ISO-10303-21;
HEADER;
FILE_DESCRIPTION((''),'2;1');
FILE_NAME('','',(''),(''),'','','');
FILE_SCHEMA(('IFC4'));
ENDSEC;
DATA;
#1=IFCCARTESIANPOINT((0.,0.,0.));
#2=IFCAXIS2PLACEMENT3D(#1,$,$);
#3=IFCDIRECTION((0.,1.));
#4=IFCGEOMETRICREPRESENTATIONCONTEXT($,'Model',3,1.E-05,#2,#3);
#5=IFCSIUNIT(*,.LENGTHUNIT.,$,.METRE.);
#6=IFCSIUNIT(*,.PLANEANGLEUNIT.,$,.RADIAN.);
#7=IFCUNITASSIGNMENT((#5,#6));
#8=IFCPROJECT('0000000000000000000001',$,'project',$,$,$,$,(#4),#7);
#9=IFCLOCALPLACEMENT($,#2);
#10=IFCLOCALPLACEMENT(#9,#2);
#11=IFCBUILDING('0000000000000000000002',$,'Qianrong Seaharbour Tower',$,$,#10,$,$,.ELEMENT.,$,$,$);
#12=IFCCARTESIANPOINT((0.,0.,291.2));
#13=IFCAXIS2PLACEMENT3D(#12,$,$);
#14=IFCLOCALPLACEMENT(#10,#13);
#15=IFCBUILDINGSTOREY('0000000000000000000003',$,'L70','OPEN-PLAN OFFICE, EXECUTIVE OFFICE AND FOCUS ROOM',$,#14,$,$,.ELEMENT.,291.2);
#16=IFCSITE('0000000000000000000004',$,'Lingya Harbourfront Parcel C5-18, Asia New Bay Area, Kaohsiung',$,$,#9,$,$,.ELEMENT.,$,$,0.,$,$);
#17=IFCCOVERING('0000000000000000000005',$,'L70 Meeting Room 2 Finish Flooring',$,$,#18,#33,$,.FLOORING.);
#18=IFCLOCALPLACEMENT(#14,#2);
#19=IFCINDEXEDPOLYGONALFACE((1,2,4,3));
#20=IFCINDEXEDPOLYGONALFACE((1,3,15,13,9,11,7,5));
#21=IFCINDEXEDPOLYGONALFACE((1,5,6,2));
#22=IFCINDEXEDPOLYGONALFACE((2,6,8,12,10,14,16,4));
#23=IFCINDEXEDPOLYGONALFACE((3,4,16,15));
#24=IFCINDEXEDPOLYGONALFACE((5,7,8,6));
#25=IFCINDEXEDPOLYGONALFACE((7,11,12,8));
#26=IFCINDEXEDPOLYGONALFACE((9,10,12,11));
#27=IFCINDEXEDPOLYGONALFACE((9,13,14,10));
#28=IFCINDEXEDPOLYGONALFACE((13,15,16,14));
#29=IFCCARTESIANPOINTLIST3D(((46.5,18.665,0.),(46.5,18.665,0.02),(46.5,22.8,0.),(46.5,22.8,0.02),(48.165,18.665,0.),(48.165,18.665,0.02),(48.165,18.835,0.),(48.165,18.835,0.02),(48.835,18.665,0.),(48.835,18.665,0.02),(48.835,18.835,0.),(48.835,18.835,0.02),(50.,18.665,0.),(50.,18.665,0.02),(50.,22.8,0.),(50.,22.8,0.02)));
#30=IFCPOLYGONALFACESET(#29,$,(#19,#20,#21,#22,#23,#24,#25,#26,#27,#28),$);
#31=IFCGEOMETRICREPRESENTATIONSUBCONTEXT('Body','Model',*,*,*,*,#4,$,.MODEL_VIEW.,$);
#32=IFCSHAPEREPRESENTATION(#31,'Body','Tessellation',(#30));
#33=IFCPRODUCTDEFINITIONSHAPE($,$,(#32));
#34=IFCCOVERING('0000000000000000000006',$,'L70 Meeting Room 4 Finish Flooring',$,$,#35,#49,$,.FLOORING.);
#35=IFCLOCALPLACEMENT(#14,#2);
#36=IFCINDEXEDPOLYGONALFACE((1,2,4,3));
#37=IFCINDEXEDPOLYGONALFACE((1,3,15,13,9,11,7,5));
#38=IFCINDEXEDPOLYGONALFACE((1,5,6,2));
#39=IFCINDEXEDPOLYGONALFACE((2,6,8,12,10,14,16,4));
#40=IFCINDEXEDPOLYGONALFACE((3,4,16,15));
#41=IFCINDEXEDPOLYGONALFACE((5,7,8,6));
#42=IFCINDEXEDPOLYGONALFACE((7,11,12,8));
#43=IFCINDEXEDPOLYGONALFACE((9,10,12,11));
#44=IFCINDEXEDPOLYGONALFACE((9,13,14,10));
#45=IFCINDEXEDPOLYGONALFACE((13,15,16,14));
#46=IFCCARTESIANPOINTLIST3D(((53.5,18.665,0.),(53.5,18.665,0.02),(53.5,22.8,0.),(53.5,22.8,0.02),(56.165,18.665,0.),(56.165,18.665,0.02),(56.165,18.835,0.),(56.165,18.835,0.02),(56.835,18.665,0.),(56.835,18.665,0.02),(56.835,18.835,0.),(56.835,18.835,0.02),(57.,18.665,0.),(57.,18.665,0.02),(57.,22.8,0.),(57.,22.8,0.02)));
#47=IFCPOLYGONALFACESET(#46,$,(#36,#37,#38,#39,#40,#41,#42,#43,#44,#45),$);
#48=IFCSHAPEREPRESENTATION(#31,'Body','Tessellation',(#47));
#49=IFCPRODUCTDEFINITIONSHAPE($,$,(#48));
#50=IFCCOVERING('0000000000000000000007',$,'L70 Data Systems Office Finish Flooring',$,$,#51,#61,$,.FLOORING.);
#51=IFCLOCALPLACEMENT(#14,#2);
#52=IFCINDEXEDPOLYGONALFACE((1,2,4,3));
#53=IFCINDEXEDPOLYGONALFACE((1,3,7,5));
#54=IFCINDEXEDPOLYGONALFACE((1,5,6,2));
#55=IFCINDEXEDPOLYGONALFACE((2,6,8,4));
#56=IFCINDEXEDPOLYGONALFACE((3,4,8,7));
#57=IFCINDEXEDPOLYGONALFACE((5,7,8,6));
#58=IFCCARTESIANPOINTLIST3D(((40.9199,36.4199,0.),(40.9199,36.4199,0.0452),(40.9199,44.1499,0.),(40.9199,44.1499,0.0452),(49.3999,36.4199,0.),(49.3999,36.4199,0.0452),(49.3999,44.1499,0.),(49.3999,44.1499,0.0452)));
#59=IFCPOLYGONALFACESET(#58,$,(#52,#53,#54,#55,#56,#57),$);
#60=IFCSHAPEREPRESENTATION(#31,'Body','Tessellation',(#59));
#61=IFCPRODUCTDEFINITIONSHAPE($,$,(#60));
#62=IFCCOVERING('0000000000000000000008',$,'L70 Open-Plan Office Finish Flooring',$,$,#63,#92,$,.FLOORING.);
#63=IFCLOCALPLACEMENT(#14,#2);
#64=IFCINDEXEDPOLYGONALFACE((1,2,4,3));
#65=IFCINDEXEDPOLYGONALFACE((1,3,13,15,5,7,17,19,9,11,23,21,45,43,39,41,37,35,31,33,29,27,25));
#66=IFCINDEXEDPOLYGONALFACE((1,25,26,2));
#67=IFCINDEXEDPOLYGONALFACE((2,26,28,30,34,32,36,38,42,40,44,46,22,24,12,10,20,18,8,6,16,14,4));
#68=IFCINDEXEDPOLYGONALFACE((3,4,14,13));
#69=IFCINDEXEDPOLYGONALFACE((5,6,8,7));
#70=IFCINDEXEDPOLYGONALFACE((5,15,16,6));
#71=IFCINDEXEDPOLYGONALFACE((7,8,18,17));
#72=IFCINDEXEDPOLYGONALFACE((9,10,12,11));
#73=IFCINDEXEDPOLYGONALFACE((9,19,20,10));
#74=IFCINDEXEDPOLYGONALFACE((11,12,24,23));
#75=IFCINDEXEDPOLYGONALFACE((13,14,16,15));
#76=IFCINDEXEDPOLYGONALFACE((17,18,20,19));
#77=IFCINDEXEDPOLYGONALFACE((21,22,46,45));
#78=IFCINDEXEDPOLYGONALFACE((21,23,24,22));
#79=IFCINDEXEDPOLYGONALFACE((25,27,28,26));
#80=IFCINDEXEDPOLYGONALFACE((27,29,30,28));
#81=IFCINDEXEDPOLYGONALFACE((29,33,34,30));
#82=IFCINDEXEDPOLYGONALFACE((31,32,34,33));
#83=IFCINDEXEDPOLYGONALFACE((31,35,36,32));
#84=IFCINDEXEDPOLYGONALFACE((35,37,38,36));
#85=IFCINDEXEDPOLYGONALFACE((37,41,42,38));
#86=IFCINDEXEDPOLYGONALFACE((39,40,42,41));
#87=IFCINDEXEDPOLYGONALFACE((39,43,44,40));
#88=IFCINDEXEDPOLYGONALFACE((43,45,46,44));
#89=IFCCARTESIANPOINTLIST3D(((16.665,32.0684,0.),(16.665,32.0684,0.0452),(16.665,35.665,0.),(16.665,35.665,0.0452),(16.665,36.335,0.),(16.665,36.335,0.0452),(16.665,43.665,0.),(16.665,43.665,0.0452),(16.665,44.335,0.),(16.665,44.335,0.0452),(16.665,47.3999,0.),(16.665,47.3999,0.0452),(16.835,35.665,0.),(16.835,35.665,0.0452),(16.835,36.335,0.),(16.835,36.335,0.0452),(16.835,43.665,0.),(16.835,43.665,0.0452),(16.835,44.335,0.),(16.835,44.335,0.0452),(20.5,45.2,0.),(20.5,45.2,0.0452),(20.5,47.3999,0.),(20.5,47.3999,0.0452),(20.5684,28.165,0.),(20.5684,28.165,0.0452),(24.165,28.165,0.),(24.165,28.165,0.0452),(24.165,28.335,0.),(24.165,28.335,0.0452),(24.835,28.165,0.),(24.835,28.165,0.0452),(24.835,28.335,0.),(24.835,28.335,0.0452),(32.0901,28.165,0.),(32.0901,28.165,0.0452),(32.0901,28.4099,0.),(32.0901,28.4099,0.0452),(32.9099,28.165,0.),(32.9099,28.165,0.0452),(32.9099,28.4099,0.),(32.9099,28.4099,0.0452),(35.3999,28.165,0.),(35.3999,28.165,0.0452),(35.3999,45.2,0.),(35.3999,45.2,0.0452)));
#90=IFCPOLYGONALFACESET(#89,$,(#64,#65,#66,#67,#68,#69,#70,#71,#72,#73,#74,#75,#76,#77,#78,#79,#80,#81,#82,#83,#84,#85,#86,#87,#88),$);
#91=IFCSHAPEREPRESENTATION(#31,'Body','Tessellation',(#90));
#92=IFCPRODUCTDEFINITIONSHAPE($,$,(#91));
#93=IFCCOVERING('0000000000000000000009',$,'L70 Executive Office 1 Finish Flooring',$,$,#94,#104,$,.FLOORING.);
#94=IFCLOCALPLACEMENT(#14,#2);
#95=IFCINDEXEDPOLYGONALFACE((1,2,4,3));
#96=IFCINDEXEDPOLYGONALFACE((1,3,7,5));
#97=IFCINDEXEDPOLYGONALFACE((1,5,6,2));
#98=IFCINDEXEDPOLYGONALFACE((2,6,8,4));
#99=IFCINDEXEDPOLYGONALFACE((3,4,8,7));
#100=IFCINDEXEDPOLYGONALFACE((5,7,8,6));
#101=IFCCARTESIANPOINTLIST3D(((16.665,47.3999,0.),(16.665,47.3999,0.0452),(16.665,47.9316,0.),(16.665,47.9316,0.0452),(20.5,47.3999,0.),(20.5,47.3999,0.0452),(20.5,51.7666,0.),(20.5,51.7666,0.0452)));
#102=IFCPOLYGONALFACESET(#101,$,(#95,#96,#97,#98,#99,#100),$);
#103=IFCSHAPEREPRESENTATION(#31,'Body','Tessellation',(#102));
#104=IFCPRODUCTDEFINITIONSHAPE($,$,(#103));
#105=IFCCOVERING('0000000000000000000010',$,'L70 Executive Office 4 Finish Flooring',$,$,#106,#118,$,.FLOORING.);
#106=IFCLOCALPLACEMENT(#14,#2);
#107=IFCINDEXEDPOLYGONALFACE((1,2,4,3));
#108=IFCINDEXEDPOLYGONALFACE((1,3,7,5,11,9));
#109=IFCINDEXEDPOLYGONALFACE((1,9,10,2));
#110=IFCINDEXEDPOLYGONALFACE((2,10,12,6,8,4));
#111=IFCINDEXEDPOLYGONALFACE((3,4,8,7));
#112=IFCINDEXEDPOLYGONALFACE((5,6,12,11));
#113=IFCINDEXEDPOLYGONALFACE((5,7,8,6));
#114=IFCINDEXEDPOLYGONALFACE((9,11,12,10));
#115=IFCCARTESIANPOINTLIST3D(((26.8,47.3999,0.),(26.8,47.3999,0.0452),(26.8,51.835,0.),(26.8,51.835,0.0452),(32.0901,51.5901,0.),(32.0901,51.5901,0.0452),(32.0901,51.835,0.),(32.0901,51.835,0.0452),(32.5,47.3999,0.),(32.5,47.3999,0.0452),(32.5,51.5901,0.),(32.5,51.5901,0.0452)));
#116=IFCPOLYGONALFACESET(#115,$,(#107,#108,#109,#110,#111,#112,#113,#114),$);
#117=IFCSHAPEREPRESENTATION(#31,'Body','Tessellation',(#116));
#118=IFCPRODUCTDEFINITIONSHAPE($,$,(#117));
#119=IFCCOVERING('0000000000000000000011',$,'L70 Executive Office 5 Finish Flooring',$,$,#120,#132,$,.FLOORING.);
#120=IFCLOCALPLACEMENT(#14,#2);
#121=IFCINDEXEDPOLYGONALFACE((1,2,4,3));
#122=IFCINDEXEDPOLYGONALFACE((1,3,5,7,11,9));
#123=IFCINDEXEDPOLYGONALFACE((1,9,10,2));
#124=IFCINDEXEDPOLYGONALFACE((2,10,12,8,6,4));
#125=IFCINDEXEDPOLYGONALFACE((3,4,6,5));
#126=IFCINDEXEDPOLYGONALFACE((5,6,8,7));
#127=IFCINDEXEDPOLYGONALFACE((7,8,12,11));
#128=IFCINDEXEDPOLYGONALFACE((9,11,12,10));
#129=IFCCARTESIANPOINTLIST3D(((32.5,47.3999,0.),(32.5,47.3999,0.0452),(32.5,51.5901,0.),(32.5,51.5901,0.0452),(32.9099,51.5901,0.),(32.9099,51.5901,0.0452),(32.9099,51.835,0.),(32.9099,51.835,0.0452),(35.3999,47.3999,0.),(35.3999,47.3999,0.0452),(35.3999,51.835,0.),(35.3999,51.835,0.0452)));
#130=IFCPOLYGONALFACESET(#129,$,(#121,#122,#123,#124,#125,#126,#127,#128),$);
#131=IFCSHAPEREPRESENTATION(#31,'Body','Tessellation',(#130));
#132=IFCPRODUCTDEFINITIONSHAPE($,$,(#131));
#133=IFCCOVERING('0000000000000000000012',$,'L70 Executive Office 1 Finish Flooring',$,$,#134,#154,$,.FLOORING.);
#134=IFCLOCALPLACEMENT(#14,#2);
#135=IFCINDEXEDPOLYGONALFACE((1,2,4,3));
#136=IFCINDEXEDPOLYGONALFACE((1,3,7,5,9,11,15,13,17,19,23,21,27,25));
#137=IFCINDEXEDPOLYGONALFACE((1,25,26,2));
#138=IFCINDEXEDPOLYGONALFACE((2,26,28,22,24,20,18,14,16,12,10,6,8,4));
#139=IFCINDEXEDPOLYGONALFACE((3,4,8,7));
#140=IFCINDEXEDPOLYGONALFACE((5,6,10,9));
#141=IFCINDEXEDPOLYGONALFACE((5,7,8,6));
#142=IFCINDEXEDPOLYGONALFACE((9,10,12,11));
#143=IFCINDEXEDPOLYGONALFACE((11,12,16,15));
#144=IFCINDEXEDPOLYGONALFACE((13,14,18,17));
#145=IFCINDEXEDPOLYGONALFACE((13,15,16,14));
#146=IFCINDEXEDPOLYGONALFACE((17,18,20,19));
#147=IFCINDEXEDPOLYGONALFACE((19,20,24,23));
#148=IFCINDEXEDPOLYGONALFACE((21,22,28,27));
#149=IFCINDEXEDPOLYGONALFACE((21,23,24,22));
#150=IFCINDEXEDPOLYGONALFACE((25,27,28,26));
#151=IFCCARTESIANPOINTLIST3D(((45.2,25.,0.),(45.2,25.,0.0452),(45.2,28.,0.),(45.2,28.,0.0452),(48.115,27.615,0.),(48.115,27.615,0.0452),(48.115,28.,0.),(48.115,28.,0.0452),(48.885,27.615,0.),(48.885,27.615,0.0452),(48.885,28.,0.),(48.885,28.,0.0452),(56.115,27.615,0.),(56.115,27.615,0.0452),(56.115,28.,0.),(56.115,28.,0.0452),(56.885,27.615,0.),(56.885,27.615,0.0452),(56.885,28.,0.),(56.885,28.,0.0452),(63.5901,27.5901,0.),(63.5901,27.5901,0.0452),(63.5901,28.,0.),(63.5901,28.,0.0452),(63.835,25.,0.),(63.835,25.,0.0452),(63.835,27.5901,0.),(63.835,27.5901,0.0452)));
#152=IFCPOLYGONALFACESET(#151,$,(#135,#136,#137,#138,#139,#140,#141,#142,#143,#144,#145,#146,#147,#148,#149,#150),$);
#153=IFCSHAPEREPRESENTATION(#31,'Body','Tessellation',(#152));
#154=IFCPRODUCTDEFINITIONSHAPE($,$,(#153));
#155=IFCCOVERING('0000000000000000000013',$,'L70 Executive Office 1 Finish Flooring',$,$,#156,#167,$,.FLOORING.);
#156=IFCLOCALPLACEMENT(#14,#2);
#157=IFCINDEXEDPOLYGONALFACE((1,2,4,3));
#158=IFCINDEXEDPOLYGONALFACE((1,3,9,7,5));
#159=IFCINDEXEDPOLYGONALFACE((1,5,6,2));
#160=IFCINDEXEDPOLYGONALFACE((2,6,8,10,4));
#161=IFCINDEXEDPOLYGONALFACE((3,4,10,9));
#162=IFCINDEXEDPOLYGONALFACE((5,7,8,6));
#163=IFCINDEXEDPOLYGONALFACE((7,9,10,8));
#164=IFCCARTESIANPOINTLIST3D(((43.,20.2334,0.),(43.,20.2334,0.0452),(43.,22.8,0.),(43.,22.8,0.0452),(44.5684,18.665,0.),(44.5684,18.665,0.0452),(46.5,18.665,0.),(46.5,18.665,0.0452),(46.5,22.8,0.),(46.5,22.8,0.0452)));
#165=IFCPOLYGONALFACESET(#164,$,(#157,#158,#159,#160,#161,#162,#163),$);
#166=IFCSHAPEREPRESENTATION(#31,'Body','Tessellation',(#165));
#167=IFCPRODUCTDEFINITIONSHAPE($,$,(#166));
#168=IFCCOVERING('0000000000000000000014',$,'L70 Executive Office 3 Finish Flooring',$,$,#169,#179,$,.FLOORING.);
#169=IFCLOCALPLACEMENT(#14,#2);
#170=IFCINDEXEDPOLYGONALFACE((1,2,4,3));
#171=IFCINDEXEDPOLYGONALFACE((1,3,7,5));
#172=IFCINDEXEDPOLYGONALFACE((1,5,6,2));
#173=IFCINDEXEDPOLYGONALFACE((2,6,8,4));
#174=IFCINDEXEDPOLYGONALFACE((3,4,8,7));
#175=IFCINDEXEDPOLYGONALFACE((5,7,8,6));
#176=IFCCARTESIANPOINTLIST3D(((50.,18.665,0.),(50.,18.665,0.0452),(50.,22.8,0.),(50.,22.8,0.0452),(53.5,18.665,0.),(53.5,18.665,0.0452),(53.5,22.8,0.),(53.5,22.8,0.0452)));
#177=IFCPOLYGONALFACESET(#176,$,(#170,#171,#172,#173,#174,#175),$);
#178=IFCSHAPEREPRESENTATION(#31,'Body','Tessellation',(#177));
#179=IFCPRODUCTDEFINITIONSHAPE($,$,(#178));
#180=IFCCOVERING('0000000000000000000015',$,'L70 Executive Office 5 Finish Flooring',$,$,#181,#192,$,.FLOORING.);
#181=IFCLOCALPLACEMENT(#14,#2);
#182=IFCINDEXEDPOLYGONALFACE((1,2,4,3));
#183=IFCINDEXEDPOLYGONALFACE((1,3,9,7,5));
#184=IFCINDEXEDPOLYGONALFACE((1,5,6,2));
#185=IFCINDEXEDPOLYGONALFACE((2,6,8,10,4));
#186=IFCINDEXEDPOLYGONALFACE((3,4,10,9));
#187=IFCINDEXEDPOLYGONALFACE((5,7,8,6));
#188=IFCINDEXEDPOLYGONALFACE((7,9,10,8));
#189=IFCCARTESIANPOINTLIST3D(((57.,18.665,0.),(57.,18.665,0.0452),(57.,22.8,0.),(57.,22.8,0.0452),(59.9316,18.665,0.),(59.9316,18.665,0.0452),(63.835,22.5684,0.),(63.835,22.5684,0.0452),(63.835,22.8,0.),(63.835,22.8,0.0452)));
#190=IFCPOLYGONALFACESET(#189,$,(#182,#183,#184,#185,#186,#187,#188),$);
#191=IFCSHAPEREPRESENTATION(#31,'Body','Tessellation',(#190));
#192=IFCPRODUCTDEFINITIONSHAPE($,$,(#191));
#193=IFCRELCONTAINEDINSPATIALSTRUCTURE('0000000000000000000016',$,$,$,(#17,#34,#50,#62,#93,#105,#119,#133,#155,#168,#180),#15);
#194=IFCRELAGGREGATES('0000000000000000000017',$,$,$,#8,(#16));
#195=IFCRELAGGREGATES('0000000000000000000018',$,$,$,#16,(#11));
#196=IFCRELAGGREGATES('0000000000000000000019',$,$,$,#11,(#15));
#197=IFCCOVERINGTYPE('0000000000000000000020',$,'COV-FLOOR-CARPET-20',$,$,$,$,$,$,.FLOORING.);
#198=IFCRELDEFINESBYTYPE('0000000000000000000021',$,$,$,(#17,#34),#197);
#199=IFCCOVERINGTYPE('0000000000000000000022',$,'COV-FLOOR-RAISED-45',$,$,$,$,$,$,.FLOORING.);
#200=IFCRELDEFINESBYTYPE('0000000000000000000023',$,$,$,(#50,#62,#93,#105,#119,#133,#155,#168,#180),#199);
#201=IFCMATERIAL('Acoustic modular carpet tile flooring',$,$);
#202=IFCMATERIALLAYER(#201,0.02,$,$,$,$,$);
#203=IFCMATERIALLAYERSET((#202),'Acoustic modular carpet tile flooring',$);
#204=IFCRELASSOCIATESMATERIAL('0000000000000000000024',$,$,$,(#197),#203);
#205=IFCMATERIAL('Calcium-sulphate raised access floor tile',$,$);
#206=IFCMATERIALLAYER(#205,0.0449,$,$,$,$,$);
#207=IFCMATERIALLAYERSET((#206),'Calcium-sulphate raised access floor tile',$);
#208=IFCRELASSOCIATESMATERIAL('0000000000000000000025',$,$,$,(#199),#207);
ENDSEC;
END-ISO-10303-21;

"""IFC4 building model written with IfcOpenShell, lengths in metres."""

from ifc_helpers import new_model, si_unit, direction, frame, origin, place, context, subcontext, project, spatial, polyline, outline, extrude, material, layer, layer_set, type_object, element, save


model = new_model("IFC4")

# Units and contexts
model_context = context("Model", 3, precision=1e-05, world=origin(), true_north=direction((0.0, 1.0)))
body_context = subcontext(model_context, "Body", "Model", "MODEL_VIEW")
ifc_project = project(units=[si_unit("LENGTHUNIT", "METRE"), si_unit("PLANEANGLEUNIT", "RADIAN")], contexts=[model_context])

# Site, building, storey
site_placement = place(None, origin())
site = spatial("IfcSite", under=ifc_project, at=site_placement, Name="Lingya Harbourfront Parcel C5-18, Asia New Bay Area, Kaohsiung", CompositionType="ELEMENT", RefElevation=0.0)
building_placement = place(site_placement, origin())
building = spatial("IfcBuilding", under=site, at=building_placement, Name="Qianrong Seaharbour Tower", CompositionType="ELEMENT")
storey_placement = place(building_placement, frame((0.0, 0.0, 291.2)))
storey = spatial("IfcBuildingStorey", under=building, at=storey_placement, Name="L70", Description="OPEN-PLAN OFFICE, EXECUTIVE OFFICE AND FOCUS ROOM", CompositionType="ELEMENT", Elevation=291.2)

# Coverings
ifc_material_1 = material(Name="Acoustic modular carpet tile flooring")
ifc_layer_1 = layer(ifc_material_1, 0.02)
ifc_layer_set_1 = layer_set([ifc_layer_1], Name="Acoustic modular carpet tile flooring")
covering_type_1 = type_object("IfcCoveringType", Name="COV-FLOOR-CARPET-20", PredefinedType="FLOORING", material=ifc_layer_set_1)
covering_1_placement = place(storey_placement, origin())
element("IfcCovering", 1, at=covering_1_placement, inside=storey, type_object=covering_type_1, Name="L70 Meeting Room 2 Finish Flooring", PredefinedType="FLOORING", context=body_context, shape_type="SweptSolid", body=[
    extrude(outline(polyline([(50.0, 18.665), (48.835, 18.665), (48.835, 18.835), (48.165, 18.835), (48.165, 18.665), (46.5, 18.665), (46.5, 22.8), (50.0, 22.8), (50.0, 18.665)])), origin(), (0.0, 0.0, 1.0), 0.02),
])
covering_2_placement = place(storey_placement, origin())
element("IfcCovering", 2, at=covering_2_placement, inside=storey, type_object=covering_type_1, Name="L70 Meeting Room 4 Finish Flooring", PredefinedType="FLOORING", context=body_context, shape_type="SweptSolid", body=[
    extrude(outline(polyline([(57.0, 18.665), (56.835, 18.665), (56.835, 18.835), (56.165, 18.835), (56.165, 18.665), (53.5, 18.665), (53.5, 22.8), (57.0, 22.8), (57.0, 18.665)])), origin(), (0.0, 0.0, 1.0), 0.02),
])
ifc_material_2 = material(Name="Calcium-sulphate raised access floor tile")
ifc_layer_2 = layer(ifc_material_2, 0.0449)
ifc_layer_set_2 = layer_set([ifc_layer_2], Name="Calcium-sulphate raised access floor tile")
covering_type_2 = type_object("IfcCoveringType", Name="COV-FLOOR-RAISED-45", PredefinedType="FLOORING", material=ifc_layer_set_2)
covering_3_placement = place(storey_placement, origin())
element("IfcCovering", 3, at=covering_3_placement, inside=storey, type_object=covering_type_2, Name="L70 Data Systems Office Finish Flooring", PredefinedType="FLOORING", context=body_context, shape_type="SweptSolid", body=[
    extrude(outline(polyline([(49.3999, 44.1499), (49.3999, 36.4199), (40.9199, 36.4199), (40.9199, 44.1499), (49.3999, 44.1499)])), origin(), (0.0, 0.0, 1.0), 0.0452),
])
covering_4_placement = place(storey_placement, origin())
element("IfcCovering", 4, at=covering_4_placement, inside=storey, type_object=covering_type_2, Name="L70 Open-Plan Office Finish Flooring", PredefinedType="FLOORING", context=body_context, shape_type="SweptSolid", body=[
    extrude(outline(polyline([(32.9099, 28.165), (32.9099, 28.4099), (32.0901, 28.4099), (32.0901, 28.165), (24.835, 28.165), (24.835, 28.335), (24.165, 28.335), (24.165, 28.165), (20.5684, 28.165), (16.665, 32.0684), (16.665, 35.665), (16.835, 35.665), (16.835, 36.335), (16.665, 36.335), (16.665, 43.665), (16.835, 43.665), (16.835, 44.335), (16.665, 44.335), (16.665, 47.3999), (20.5, 47.3999), (20.5, 45.2), (35.3999, 45.2), (35.3999, 28.165), (32.9099, 28.165)])), origin(), (0.0, 0.0, 1.0), 0.0452),
])
covering_5_placement = place(storey_placement, origin())
element("IfcCovering", 5, at=covering_5_placement, inside=storey, type_object=covering_type_2, Name="L70 Executive Office 1 Finish Flooring", PredefinedType="FLOORING", context=body_context, shape_type="SweptSolid", body=[
    extrude(outline(polyline([(16.665, 47.9316), (20.5, 51.7666), (20.5, 47.3999), (16.665, 47.3999), (16.665, 47.9316)])), origin(), (0.0, 0.0, 1.0), 0.0452),
])
covering_6_placement = place(storey_placement, origin())
element("IfcCovering", 6, at=covering_6_placement, inside=storey, type_object=covering_type_2, Name="L70 Executive Office 4 Finish Flooring", PredefinedType="FLOORING", context=body_context, shape_type="SweptSolid", body=[
    extrude(outline(polyline([(26.8, 51.835), (32.0901, 51.835), (32.0901, 51.5901), (32.5, 51.5901), (32.5, 47.3999), (26.8, 47.3999), (26.8, 51.835)])), origin(), (0.0, 0.0, 1.0), 0.0452),
])
covering_7_placement = place(storey_placement, origin())
element("IfcCovering", 7, at=covering_7_placement, inside=storey, type_object=covering_type_2, Name="L70 Executive Office 5 Finish Flooring", PredefinedType="FLOORING", context=body_context, shape_type="SweptSolid", body=[
    extrude(outline(polyline([(32.5, 51.5901), (32.9099, 51.5901), (32.9099, 51.835), (35.3999, 51.835), (35.3999, 47.3999), (32.5, 47.3999), (32.5, 51.5901)])), origin(), (0.0, 0.0, 1.0), 0.0452),
])
covering_8_placement = place(storey_placement, origin())
element("IfcCovering", 8, at=covering_8_placement, inside=storey, type_object=covering_type_2, Name="L70 Executive Office 1 Finish Flooring", PredefinedType="FLOORING", context=body_context, shape_type="SweptSolid", body=[
    extrude(outline(polyline([(48.115, 28.0), (48.115, 27.615), (48.885, 27.615), (48.885, 28.0), (56.115, 28.0), (56.115, 27.615), (56.885, 27.615), (56.885, 28.0), (63.5901, 28.0), (63.5901, 27.5901), (63.835, 27.5901), (63.835, 25.0), (45.2, 25.0), (45.2, 28.0), (48.115, 28.0)])), origin(), (0.0, 0.0, 1.0), 0.0452),
])
covering_9_placement = place(storey_placement, origin())
element("IfcCovering", 9, at=covering_9_placement, inside=storey, type_object=covering_type_2, Name="L70 Executive Office 1 Finish Flooring", PredefinedType="FLOORING", context=body_context, shape_type="SweptSolid", body=[
    extrude(outline(polyline([(46.5, 18.665), (44.5684, 18.665), (43.0, 20.2334), (43.0, 22.8), (46.5, 22.8), (46.5, 18.665)])), origin(), (0.0, 0.0, 1.0), 0.0452),
])
covering_10_placement = place(storey_placement, origin())
element("IfcCovering", 10, at=covering_10_placement, inside=storey, type_object=covering_type_2, Name="L70 Executive Office 3 Finish Flooring", PredefinedType="FLOORING", context=body_context, shape_type="SweptSolid", body=[
    extrude(outline(polyline([(53.5, 18.665), (50.0, 18.665), (50.0, 22.8), (53.5, 22.8), (53.5, 18.665)])), origin(), (0.0, 0.0, 1.0), 0.0452),
])
covering_11_placement = place(storey_placement, origin())
element("IfcCovering", 11, at=covering_11_placement, inside=storey, type_object=covering_type_2, Name="L70 Executive Office 5 Finish Flooring", PredefinedType="FLOORING", context=body_context, shape_type="SweptSolid", body=[
    extrude(outline(polyline([(63.835, 22.5684), (59.9316, 18.665), (57.0, 18.665), (57.0, 22.8), (63.835, 22.8), (63.835, 22.5684)])), origin(), (0.0, 0.0, 1.0), 0.0452),
])

save(model, "model.ifc")
